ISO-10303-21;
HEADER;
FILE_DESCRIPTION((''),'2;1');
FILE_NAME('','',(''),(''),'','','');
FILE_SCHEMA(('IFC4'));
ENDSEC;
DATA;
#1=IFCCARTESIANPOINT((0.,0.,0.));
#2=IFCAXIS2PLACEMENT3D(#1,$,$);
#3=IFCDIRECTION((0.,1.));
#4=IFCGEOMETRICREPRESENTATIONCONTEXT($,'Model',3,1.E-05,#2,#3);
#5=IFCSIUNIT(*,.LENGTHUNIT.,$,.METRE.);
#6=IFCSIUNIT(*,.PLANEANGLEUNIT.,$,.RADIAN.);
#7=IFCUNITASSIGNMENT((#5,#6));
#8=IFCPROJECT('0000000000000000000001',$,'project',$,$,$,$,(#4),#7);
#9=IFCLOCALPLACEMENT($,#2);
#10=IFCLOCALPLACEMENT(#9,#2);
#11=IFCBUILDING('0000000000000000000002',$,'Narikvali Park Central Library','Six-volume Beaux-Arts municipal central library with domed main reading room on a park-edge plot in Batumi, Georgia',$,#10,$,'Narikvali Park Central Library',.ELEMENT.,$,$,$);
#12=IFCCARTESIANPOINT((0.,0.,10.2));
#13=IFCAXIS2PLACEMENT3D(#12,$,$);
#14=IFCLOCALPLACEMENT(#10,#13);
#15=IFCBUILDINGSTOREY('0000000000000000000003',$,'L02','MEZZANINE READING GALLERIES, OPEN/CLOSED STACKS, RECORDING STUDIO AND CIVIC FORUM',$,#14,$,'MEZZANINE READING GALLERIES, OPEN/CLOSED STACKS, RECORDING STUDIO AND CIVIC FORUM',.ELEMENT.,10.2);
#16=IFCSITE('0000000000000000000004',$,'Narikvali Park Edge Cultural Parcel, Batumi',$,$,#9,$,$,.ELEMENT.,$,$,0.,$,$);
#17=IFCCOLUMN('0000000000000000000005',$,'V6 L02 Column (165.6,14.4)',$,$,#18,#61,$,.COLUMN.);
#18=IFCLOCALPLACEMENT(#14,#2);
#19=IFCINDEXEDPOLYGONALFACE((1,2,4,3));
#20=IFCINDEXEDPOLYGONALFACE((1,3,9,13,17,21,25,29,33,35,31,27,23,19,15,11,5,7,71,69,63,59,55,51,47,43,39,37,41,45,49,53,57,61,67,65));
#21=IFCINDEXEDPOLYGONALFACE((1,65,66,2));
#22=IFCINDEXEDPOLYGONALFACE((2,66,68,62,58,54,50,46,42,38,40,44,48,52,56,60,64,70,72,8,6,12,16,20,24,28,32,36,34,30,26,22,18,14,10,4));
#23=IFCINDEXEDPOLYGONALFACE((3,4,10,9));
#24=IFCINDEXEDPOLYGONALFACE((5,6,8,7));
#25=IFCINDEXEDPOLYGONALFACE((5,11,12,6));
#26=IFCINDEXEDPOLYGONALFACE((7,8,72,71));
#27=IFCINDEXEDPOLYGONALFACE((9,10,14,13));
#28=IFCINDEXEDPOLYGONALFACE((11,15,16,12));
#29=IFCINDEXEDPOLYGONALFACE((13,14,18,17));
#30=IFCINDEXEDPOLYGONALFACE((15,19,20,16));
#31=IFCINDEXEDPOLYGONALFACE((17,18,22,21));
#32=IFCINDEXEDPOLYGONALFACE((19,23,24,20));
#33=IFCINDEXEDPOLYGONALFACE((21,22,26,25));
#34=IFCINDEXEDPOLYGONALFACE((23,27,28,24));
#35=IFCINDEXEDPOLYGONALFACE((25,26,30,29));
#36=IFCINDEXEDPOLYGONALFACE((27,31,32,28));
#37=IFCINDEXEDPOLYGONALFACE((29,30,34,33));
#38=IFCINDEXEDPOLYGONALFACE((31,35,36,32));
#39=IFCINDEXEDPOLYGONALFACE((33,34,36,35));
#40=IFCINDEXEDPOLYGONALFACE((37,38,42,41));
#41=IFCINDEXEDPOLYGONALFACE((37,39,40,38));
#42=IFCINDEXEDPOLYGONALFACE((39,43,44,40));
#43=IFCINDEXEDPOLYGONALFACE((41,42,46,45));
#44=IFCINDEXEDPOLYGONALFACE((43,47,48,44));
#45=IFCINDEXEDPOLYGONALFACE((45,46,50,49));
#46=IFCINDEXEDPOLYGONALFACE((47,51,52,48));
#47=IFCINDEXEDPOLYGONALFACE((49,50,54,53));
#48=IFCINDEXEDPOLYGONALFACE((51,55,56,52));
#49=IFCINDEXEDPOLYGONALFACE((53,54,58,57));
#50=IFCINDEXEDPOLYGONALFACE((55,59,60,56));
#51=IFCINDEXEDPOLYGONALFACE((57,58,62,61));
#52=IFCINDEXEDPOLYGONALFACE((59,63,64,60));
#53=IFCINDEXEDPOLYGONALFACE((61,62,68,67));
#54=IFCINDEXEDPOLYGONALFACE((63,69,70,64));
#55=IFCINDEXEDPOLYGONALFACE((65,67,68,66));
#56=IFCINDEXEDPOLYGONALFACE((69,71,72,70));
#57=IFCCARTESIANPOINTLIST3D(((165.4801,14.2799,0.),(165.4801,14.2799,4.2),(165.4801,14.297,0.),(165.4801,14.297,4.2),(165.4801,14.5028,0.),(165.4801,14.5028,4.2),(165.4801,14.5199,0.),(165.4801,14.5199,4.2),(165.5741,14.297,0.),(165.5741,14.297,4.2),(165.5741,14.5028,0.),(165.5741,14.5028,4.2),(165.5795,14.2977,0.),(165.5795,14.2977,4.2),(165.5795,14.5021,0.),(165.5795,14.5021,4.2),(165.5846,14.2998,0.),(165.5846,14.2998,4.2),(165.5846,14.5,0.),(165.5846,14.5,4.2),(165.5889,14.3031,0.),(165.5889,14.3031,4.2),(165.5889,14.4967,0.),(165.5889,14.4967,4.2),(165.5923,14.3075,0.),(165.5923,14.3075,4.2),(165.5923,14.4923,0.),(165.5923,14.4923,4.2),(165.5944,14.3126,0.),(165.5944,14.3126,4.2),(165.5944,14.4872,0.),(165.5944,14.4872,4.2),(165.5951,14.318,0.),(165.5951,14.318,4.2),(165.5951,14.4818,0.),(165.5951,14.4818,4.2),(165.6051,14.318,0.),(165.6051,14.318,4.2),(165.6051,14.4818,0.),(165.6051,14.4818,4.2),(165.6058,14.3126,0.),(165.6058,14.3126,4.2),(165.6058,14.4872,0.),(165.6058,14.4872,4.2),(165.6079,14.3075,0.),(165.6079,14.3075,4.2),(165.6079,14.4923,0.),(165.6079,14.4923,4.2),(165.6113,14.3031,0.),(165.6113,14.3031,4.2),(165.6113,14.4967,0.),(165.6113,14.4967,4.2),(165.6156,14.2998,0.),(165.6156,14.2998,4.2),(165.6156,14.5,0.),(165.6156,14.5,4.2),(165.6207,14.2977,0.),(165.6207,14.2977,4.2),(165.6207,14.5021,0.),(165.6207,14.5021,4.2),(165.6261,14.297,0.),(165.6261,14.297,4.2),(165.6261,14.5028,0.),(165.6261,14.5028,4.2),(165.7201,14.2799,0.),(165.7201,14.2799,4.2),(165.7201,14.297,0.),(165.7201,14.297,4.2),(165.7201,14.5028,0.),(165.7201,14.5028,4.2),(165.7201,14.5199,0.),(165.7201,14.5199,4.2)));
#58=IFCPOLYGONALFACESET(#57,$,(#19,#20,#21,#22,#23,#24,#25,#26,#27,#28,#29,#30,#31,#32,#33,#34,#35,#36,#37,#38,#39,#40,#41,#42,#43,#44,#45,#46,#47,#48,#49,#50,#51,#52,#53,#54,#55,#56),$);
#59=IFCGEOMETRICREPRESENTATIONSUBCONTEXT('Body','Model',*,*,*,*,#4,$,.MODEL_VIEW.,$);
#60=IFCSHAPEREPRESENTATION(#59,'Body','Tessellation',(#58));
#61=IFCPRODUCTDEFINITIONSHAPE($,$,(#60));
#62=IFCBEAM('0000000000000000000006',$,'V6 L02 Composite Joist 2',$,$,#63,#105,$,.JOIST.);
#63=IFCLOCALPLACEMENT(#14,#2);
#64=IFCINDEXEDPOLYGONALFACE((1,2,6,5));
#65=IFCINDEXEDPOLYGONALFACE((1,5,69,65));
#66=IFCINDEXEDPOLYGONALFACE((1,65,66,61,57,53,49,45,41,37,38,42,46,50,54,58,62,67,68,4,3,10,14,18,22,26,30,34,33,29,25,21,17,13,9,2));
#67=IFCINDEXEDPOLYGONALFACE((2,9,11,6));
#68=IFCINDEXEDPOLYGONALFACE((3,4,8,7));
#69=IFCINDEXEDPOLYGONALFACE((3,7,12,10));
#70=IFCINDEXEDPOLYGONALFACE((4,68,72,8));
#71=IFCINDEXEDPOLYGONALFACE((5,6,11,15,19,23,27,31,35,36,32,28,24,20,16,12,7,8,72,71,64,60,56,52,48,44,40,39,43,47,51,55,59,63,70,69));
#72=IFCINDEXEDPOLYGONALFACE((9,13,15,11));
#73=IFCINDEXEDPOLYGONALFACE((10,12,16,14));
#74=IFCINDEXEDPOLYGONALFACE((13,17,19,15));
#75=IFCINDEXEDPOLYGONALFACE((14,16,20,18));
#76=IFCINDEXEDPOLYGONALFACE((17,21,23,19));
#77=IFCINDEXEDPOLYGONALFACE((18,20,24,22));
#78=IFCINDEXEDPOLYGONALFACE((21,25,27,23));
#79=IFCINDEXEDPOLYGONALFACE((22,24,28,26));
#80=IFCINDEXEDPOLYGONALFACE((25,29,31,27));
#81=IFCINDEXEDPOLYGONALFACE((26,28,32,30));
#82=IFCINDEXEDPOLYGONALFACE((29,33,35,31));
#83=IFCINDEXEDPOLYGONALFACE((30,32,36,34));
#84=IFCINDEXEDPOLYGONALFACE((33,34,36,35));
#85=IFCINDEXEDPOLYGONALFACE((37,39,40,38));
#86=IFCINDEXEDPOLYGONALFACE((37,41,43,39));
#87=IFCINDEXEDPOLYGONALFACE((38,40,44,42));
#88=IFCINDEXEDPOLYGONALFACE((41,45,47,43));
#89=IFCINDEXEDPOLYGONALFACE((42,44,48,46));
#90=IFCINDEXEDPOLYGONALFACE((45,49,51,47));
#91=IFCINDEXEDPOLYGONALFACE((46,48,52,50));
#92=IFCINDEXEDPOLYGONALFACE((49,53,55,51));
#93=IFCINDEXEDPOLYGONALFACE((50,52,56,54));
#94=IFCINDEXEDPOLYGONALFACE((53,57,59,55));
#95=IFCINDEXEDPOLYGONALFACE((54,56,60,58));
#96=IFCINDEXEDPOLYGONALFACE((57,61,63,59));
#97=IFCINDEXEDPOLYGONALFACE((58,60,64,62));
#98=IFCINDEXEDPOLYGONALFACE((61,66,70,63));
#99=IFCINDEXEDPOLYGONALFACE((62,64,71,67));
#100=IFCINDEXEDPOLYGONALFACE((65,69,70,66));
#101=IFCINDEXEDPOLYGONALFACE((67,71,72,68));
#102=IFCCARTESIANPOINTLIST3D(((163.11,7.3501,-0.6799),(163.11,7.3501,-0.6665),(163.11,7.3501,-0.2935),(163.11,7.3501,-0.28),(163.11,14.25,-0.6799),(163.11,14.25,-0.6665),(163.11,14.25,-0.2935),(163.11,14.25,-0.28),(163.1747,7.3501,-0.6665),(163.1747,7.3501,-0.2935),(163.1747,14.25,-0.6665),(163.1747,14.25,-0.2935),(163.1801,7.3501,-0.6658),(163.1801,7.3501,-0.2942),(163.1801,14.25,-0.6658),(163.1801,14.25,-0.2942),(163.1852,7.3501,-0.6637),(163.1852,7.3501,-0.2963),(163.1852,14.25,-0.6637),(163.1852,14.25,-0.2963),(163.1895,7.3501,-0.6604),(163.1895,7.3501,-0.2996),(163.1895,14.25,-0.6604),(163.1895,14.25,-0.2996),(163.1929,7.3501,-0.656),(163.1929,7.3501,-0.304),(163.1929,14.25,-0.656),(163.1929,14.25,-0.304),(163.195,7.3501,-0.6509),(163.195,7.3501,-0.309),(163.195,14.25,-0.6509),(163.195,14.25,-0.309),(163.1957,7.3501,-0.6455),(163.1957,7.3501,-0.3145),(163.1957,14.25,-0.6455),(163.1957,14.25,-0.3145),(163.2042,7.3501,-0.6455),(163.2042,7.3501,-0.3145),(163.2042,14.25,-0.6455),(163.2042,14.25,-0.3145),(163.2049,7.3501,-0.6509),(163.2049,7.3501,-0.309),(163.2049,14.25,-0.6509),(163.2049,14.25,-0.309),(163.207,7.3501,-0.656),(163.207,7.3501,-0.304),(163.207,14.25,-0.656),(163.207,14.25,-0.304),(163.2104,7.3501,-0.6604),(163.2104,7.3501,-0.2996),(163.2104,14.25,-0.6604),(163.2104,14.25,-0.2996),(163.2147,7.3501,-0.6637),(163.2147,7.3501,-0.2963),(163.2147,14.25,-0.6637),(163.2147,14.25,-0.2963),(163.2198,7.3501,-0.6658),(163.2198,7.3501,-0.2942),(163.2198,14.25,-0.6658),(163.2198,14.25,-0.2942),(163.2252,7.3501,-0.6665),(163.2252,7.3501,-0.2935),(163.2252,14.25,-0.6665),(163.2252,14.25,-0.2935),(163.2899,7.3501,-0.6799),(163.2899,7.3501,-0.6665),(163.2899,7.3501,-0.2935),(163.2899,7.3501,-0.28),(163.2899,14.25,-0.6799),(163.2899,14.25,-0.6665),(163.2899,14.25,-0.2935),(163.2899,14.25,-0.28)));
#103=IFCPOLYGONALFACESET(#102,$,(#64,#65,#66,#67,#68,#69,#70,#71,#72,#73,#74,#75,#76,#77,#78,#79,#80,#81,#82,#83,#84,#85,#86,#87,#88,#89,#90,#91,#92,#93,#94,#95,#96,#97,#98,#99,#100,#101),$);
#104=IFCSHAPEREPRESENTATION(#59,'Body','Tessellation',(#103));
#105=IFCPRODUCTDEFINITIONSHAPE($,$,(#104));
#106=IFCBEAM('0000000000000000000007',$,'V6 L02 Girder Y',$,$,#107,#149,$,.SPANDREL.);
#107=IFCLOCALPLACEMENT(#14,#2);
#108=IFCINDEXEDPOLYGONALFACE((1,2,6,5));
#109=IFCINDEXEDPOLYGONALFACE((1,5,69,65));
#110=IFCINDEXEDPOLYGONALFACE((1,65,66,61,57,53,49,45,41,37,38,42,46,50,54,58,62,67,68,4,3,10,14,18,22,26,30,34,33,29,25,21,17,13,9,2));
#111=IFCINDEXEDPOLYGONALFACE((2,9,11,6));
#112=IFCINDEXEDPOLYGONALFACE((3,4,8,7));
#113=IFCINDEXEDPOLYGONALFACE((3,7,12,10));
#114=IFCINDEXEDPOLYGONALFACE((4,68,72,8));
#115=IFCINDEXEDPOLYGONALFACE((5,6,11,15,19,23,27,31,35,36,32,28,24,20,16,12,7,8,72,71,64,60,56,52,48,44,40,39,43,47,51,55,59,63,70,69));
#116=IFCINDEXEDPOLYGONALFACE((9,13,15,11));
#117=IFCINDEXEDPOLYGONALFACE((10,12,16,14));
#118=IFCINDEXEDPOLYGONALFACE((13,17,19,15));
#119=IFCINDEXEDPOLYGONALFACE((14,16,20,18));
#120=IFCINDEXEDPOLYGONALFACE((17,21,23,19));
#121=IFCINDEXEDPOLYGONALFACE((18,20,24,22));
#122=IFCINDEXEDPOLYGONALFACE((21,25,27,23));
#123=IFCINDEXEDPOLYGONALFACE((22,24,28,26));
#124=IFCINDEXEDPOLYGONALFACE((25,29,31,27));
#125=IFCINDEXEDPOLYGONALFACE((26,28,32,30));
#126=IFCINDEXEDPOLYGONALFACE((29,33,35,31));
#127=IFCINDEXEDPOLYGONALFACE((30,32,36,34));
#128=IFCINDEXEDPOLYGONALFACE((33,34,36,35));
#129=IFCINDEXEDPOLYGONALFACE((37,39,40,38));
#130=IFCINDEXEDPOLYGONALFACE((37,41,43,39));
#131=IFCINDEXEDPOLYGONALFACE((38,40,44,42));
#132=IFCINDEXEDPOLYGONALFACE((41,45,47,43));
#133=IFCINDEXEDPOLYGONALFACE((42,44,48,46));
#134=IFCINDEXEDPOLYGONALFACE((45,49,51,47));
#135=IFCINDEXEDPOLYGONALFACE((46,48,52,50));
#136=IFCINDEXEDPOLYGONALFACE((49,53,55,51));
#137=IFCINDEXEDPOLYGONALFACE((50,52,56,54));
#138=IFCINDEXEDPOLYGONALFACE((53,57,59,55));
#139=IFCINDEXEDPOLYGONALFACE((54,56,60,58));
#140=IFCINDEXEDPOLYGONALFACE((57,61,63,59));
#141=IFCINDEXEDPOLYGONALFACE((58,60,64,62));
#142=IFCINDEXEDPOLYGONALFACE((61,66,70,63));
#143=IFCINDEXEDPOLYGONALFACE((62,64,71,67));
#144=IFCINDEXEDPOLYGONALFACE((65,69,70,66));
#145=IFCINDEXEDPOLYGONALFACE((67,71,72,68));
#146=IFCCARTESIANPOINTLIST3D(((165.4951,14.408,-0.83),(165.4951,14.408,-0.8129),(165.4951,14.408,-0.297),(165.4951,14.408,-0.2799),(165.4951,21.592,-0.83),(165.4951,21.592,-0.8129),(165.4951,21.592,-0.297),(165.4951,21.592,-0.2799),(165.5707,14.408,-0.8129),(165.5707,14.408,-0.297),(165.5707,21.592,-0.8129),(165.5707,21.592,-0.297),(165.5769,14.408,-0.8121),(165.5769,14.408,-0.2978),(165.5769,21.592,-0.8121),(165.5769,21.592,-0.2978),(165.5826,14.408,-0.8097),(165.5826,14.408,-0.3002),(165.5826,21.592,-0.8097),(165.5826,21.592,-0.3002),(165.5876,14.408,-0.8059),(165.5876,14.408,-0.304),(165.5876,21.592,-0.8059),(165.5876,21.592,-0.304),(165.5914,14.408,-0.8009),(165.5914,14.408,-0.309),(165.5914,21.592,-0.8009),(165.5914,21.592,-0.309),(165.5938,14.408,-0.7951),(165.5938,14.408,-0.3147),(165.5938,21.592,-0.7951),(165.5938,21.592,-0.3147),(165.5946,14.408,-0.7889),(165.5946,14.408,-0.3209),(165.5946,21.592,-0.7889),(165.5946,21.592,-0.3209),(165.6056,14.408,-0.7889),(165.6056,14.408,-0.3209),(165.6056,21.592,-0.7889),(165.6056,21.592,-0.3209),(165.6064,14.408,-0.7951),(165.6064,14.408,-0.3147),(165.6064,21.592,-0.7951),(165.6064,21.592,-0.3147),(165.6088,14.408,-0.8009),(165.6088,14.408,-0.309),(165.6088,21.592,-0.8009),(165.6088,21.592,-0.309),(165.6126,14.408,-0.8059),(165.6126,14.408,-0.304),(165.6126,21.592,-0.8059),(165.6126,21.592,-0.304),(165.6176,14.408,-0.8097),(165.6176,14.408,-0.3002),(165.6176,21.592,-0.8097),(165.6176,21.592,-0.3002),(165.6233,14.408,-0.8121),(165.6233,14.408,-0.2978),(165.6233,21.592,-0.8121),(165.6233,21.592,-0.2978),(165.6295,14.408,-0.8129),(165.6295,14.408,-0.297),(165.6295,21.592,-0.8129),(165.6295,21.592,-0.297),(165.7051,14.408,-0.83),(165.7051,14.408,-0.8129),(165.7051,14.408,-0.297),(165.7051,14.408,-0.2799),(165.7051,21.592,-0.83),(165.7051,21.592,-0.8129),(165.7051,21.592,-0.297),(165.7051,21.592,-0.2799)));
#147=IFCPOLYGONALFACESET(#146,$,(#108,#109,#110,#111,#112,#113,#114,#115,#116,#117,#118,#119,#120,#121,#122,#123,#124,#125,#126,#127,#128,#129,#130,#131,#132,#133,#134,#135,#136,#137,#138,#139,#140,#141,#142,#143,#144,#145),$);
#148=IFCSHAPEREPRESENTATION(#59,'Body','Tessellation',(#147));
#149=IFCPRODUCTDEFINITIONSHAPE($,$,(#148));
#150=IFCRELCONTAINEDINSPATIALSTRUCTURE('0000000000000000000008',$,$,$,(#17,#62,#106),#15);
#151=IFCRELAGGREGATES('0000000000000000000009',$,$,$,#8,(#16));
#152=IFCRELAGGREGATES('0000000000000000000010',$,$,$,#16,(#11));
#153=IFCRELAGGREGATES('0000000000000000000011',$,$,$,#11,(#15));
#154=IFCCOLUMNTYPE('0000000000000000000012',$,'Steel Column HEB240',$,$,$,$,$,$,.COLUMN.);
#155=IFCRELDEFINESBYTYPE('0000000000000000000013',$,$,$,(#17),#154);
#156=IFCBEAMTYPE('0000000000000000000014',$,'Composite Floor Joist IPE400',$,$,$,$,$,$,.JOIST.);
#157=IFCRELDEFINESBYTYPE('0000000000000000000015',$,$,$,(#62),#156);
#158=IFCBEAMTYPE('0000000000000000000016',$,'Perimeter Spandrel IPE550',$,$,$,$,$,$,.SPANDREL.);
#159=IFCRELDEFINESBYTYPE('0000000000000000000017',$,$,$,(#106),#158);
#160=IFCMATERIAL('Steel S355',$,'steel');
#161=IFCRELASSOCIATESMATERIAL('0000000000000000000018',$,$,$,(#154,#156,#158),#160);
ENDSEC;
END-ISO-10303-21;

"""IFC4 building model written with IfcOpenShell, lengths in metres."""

from ifc_helpers import new_model, si_unit, direction, frame, origin, origin_2d, place, context, subcontext, project, spatial, i_section, extrude, material, material_profile, profile_set, type_object, element, save


model = new_model("IFC4")

# Units and contexts
model_context = context("Model", 3, precision=1e-05, world=origin(), true_north=direction((0.0, 1.0)))
body_context = subcontext(model_context, "Body", "Model", "MODEL_VIEW")
ifc_project = project(units=[si_unit("LENGTHUNIT", "METRE"), si_unit("PLANEANGLEUNIT", "RADIAN")], contexts=[model_context])

# Site, building, storey
site_placement = place(None, origin())
site = spatial("IfcSite", under=ifc_project, at=site_placement, Name="Narikvali Park Edge Cultural Parcel, Batumi", CompositionType="ELEMENT", RefElevation=0.0)
building_placement = place(site_placement, origin())
building = spatial("IfcBuilding", under=site, at=building_placement, Name="Narikvali Park Central Library", Description="Six-volume Beaux-Arts municipal central library with domed main reading room on a park-edge plot in Batumi, Georgia", LongName="Narikvali Park Central Library", CompositionType="ELEMENT")
storey_placement = place(building_placement, frame((0.0, 0.0, 10.2)))
storey = spatial("IfcBuildingStorey", under=building, at=storey_placement, Name="L02", Description="MEZZANINE READING GALLERIES, OPEN/CLOSED STACKS, RECORDING STUDIO AND CIVIC FORUM", LongName="MEZZANINE READING GALLERIES, OPEN/CLOSED STACKS, RECORDING STUDIO AND CIVIC FORUM", CompositionType="ELEMENT", Elevation=10.2)

# Column
ifc_material_1 = material(Name="Steel S355", Category="steel")
ifc_material_profile_1 = material_profile(ifc_material_1, i_section(OverallWidth=0.24, OverallDepth=0.24, WebThickness=0.01, FlangeThickness=0.0171, FilletRadius=0.021, at=origin_2d()), Name="HEB 240")
ifc_profile_set_1 = profile_set([ifc_material_profile_1], Name="Steel S355")
column_type = type_object("IfcColumnType", Name="Steel Column HEB240", PredefinedType="COLUMN", material=ifc_profile_set_1)
column_placement = place(storey_placement, frame((165.6001, 14.3999, 0.0), z_axis=(0.0, 0.0, 1.0), x_axis=(1.0, 0.0, 0.0)))
element("IfcColumn", 1, at=column_placement, inside=storey, type_object=column_type, Name="V6 L02 Column (165.6,14.4)", PredefinedType="COLUMN", context=body_context, shape_type="SweptSolid", body=[
    extrude(i_section(OverallWidth=0.24, OverallDepth=0.24, WebThickness=0.01, FlangeThickness=0.0171, FilletRadius=0.021, at=origin_2d()), origin(), (0.0, 0.0, 1.0), 4.2),
])

# Beams
ifc_material_profile_2 = material_profile(ifc_material_1, i_section(OverallWidth=0.1799, OverallDepth=0.3999, WebThickness=0.0085, FlangeThickness=0.0134, FilletRadius=0.021, at=origin_2d()), Name="IPE 400")
ifc_profile_set_2 = profile_set([ifc_material_profile_2], Name="Steel S355")
beam_type_1 = type_object("IfcBeamType", Name="Composite Floor Joist IPE400", PredefinedType="JOIST", material=ifc_profile_set_2)
beam_1_placement = place(storey_placement, frame((163.2, 7.3501, -0.48), z_axis=(0.0, 1.0, 0.0), x_axis=(-1.0, 0.0, 0.0)))
element("IfcBeam", 2, at=beam_1_placement, inside=storey, type_object=beam_type_1, Name="V6 L02 Composite Joist 2", PredefinedType="JOIST", context=body_context, shape_type="SweptSolid", body=[
    extrude(i_section(OverallWidth=0.1799, OverallDepth=0.3999, WebThickness=0.0085, FlangeThickness=0.0134, FilletRadius=0.021, at=origin_2d()), origin(), (0.0, 0.0, 1.0), 6.8999),
])
ifc_material_profile_3 = material_profile(ifc_material_1, i_section(OverallWidth=0.21, OverallDepth=0.55, WebThickness=0.011, FlangeThickness=0.0171, FilletRadius=0.0239, at=origin_2d()), Name="IPE 550")
ifc_profile_set_3 = profile_set([ifc_material_profile_3], Name="Steel S355")
beam_type_2 = type_object("IfcBeamType", Name="Perimeter Spandrel IPE550", PredefinedType="SPANDREL", material=ifc_profile_set_3)
beam_2_placement = place(storey_placement, frame((165.6001, 14.408, -0.5549), z_axis=(0.0, 1.0, 0.0), x_axis=(-1.0, 0.0, 0.0)))
element("IfcBeam", 3, at=beam_2_placement, inside=storey, type_object=beam_type_2, Name="V6 L02 Girder Y", PredefinedType="SPANDREL", context=body_context, shape_type="SweptSolid", body=[
    extrude(i_section(OverallWidth=0.21, OverallDepth=0.55, WebThickness=0.011, FlangeThickness=0.0171, FilletRadius=0.0239, at=origin_2d()), origin(), (0.0, 0.0, 1.0), 7.1841),
])

save(model, "model.ifc")
